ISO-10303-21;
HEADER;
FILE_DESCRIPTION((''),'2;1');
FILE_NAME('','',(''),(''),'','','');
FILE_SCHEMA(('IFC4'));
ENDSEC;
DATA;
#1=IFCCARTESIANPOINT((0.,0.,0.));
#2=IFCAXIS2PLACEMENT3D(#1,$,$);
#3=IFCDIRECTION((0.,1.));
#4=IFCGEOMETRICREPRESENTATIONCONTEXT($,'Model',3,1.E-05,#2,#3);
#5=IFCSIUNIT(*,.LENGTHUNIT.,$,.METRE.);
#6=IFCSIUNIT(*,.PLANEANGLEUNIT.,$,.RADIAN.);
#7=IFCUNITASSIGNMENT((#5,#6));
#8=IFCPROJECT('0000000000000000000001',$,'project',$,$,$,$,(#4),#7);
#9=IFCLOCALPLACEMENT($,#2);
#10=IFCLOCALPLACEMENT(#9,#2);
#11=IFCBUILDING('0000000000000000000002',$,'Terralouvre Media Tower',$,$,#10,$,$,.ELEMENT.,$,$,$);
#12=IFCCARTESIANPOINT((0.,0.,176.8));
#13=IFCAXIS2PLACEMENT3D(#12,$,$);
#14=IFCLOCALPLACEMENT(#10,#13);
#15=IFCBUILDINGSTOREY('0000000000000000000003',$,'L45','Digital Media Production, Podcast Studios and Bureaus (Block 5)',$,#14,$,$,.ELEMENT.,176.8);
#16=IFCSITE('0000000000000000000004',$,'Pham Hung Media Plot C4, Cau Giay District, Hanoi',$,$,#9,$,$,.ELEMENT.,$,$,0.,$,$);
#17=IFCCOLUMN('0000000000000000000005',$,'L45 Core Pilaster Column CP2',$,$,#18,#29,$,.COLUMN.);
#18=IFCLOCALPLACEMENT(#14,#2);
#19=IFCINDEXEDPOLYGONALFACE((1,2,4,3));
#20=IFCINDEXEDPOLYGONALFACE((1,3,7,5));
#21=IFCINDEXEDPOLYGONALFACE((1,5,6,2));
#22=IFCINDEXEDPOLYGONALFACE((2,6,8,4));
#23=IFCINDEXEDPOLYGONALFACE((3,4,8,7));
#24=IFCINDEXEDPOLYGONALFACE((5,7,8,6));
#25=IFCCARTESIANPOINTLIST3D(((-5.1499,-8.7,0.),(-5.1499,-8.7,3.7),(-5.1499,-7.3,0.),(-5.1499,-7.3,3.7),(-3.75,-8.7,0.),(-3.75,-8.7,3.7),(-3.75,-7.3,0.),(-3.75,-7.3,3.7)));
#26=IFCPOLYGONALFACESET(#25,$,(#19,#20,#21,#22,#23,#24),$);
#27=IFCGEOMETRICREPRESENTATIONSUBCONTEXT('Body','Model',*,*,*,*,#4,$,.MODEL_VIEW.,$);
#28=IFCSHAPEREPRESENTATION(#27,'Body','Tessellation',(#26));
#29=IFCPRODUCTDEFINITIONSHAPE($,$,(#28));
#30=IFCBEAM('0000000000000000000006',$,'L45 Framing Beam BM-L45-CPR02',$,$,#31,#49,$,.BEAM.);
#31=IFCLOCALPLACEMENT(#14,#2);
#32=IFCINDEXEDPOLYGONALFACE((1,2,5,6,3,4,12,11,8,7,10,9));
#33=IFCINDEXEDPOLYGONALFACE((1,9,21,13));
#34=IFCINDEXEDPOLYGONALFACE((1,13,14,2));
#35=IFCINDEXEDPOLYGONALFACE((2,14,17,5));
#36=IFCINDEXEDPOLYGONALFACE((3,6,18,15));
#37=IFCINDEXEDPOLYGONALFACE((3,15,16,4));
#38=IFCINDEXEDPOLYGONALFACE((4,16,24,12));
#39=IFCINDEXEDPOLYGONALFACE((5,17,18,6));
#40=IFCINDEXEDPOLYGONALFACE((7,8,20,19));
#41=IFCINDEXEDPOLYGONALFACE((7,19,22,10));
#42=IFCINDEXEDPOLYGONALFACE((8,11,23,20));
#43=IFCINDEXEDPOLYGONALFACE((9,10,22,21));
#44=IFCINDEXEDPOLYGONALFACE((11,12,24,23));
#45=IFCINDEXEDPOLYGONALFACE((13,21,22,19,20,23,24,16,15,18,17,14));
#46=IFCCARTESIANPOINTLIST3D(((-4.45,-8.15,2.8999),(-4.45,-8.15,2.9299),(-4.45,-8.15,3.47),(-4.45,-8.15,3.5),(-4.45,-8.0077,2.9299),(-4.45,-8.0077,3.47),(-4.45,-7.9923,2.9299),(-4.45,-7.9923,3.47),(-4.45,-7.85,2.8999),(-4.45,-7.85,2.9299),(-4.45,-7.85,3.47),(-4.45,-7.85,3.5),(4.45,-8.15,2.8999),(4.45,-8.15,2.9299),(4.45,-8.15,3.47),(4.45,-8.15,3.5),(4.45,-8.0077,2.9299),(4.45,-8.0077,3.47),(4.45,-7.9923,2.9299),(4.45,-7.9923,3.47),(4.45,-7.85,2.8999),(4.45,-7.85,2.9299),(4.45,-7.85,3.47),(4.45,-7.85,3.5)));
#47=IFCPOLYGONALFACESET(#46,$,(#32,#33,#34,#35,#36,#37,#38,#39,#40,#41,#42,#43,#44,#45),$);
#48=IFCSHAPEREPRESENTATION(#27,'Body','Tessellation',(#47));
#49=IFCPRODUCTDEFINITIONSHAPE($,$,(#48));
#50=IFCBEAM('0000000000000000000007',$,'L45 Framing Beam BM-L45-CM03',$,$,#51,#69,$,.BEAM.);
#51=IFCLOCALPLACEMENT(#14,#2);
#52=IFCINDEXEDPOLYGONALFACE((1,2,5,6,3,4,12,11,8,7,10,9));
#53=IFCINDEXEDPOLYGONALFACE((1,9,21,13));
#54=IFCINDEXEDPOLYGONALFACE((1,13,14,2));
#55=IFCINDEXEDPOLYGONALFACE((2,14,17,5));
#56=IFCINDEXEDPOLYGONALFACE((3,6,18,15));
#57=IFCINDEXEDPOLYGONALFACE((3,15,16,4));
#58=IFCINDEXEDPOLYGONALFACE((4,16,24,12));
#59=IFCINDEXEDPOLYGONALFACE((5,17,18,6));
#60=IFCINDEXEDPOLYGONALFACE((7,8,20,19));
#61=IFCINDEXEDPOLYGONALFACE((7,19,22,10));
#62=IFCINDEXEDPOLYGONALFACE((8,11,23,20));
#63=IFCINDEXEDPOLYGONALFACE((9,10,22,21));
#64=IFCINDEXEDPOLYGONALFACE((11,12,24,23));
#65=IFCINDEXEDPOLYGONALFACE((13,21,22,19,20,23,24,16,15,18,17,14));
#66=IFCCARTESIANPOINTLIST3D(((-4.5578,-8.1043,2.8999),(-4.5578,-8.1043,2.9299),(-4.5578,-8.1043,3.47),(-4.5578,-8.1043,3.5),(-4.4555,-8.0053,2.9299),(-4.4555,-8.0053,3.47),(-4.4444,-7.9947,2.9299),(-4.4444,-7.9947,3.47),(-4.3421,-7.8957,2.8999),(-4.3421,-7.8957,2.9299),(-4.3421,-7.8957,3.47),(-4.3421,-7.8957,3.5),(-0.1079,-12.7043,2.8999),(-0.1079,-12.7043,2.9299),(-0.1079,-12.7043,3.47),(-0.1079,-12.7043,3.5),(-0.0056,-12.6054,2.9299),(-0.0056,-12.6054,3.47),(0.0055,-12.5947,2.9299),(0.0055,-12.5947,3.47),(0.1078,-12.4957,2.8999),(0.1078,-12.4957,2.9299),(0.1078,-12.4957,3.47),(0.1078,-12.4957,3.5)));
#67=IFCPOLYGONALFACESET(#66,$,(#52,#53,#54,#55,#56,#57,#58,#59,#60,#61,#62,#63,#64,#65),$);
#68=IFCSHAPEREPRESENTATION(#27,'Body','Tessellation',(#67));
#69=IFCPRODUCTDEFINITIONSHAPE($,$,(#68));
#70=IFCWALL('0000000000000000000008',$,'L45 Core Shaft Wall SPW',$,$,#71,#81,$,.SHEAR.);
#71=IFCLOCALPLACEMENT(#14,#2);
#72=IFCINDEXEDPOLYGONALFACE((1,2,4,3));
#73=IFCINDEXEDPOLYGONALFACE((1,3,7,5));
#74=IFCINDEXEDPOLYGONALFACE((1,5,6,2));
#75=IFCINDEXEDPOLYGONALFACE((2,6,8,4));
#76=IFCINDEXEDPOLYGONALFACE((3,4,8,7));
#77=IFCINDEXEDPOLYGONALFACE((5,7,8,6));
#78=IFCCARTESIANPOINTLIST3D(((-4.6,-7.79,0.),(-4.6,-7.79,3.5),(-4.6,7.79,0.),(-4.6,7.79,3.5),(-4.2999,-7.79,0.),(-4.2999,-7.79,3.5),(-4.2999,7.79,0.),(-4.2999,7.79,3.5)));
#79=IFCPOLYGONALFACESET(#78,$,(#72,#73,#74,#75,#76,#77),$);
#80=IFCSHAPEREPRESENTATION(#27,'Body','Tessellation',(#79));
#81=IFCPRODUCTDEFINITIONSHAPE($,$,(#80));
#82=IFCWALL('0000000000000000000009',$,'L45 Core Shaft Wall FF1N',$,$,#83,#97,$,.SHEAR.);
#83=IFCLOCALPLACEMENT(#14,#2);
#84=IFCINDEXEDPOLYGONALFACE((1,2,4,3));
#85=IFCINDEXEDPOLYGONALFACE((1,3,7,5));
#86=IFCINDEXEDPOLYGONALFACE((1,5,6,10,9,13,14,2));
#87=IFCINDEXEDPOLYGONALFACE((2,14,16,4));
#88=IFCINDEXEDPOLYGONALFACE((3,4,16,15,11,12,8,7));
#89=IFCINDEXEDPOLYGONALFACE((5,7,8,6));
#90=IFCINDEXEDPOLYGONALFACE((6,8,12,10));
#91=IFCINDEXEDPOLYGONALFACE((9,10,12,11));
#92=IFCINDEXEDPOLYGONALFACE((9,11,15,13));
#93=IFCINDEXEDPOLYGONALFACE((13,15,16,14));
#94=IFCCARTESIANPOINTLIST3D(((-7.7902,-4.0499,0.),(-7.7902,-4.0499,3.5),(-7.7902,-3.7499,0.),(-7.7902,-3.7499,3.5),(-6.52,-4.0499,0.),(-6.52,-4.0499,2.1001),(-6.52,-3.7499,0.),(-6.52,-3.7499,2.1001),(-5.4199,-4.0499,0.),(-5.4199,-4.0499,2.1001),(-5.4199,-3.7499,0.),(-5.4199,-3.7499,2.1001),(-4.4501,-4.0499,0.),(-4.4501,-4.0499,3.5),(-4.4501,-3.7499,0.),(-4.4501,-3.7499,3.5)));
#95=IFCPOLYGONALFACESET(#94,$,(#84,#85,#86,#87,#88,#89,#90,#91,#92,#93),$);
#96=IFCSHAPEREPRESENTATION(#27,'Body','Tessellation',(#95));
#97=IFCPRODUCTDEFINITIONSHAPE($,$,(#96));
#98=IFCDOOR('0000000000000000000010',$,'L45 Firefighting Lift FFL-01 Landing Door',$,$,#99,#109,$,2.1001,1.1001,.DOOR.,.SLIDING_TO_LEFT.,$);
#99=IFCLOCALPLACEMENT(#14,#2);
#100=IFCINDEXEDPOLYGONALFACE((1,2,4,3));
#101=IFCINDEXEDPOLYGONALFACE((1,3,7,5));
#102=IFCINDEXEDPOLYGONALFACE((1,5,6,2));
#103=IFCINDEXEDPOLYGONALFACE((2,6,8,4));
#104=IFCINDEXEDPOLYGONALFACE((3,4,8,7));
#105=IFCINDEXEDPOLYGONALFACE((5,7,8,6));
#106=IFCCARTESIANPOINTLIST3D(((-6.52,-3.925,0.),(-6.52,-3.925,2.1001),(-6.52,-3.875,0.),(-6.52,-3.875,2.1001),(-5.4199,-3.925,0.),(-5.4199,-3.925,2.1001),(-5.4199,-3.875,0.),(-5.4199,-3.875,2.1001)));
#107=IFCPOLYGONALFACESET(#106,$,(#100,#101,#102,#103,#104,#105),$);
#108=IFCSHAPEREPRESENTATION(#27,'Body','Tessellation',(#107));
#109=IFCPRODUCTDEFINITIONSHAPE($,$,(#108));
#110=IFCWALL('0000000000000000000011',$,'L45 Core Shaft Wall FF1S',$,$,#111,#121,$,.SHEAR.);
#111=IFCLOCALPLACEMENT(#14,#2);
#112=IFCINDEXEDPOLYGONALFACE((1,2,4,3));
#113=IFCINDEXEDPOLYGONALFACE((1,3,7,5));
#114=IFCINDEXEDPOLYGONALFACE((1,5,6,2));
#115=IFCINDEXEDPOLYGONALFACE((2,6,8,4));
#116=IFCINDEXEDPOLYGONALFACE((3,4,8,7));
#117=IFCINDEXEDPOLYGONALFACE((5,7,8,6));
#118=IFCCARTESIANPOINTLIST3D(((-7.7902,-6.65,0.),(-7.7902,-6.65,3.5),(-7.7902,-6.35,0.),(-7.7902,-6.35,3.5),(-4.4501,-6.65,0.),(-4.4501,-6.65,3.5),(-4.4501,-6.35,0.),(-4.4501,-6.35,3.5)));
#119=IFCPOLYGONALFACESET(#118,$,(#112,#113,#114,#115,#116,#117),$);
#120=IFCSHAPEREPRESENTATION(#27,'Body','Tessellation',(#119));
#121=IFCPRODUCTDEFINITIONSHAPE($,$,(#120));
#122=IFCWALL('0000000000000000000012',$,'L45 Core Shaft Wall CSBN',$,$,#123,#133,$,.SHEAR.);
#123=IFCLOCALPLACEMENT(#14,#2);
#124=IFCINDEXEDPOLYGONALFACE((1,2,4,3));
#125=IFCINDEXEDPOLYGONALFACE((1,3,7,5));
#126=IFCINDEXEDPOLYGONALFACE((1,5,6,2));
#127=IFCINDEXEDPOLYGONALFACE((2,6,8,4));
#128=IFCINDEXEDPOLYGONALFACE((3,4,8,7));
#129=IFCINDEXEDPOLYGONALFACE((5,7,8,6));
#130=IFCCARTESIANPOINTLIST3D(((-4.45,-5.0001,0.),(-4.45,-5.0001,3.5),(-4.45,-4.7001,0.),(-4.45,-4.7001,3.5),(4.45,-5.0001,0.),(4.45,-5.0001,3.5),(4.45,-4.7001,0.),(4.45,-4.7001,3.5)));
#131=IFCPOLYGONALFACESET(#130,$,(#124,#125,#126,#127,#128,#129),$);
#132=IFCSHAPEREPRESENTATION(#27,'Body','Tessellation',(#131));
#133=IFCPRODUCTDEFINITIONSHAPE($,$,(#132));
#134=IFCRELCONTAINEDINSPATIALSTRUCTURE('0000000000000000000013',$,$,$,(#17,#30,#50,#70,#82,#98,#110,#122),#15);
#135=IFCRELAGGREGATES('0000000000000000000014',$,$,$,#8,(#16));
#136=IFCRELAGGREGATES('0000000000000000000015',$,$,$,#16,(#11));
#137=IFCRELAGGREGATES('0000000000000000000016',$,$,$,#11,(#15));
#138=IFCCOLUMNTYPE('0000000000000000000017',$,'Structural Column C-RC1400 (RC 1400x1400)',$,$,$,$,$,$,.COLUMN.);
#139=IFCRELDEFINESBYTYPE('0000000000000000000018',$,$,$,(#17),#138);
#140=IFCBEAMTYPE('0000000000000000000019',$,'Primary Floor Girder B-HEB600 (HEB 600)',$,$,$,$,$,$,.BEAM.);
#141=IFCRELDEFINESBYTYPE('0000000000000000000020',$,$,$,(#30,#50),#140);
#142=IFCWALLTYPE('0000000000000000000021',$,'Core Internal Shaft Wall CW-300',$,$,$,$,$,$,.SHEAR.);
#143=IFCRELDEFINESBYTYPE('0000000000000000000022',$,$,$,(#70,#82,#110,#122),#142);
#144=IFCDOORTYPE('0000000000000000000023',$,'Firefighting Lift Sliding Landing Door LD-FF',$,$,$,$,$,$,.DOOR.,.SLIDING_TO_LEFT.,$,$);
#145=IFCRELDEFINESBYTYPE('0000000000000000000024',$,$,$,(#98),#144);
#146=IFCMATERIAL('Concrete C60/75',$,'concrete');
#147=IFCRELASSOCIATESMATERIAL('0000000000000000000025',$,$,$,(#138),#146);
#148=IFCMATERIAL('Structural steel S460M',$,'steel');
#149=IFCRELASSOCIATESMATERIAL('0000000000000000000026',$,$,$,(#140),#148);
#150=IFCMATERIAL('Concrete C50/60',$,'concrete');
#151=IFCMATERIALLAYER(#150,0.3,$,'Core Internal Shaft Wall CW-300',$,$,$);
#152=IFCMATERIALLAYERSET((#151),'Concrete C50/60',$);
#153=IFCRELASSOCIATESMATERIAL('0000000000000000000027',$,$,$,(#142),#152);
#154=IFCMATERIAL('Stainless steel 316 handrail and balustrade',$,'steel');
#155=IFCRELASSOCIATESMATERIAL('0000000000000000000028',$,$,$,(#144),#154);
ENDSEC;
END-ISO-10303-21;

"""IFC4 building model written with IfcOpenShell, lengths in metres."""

from ifc_helpers import new_model, si_unit, direction, frame, frame_2d, origin, origin_2d, place, context, subcontext, project, spatial, rectangle, i_section, extrude, material, layer, layer_set, material_profile, profile_set, type_object, element, fill, save


model = new_model("IFC4")

# Units and contexts
model_context = context("Model", 3, precision=1e-05, world=origin(), true_north=direction((0.0, 1.0)))
body_context = subcontext(model_context, "Body", "Model", "MODEL_VIEW")
ifc_project = project(units=[si_unit("LENGTHUNIT", "METRE"), si_unit("PLANEANGLEUNIT", "RADIAN")], contexts=[model_context])

# Site, building, storey
site_placement = place(None, origin())
site = spatial("IfcSite", under=ifc_project, at=site_placement, Name="Pham Hung Media Plot C4, Cau Giay District, Hanoi", CompositionType="ELEMENT", RefElevation=0.0)
building_placement = place(site_placement, origin())
building = spatial("IfcBuilding", under=site, at=building_placement, Name="Terralouvre Media Tower", CompositionType="ELEMENT")
storey_placement = place(building_placement, frame((0.0, 0.0, 176.8)))
storey = spatial("IfcBuildingStorey", under=building, at=storey_placement, Name="L45", Description="Digital Media Production, Podcast Studios and Bureaus (Block 5)", CompositionType="ELEMENT", Elevation=176.8)

# Column
ifc_material_1 = material(Name="Concrete C60/75", Category="concrete")
ifc_material_profile_1 = material_profile(ifc_material_1, rectangle(XDim=1.3999, YDim=1.3999, at=origin_2d()), Name="RC 1400x1400")
ifc_profile_set_1 = profile_set([ifc_material_profile_1], Name="Concrete C60/75")
column_type = type_object("IfcColumnType", Name="Structural Column C-RC1400 (RC 1400x1400)", PredefinedType="COLUMN", material=ifc_profile_set_1)
column_placement = place(storey_placement, frame((-4.45, -8.0, 0.0), z_axis=(0.0, 0.0, 1.0), x_axis=(1.0, 0.0, 0.0)))
element("IfcColumn", 1, at=column_placement, inside=storey, type_object=column_type, Name="L45 Core Pilaster Column CP2", PredefinedType="COLUMN", context=body_context, shape_type="SweptSolid", body=[
    extrude(rectangle(XDim=1.3999, YDim=1.3999, at=origin_2d()), origin(), (0.0, 0.0, 1.0), 3.7),
])

# Beams
ifc_material_2 = material(Name="Structural steel S460M", Category="steel")
ifc_material_profile_2 = material_profile(ifc_material_2, i_section(OverallWidth=0.3, OverallDepth=0.6001, WebThickness=0.0154, FlangeThickness=0.03, at=origin_2d()), Name="HEB 600")
ifc_profile_set_2 = profile_set([ifc_material_profile_2], Name="Structural steel S460M")
beam_type = type_object("IfcBeamType", Name="Primary Floor Girder B-HEB600 (HEB 600)", PredefinedType="BEAM", material=ifc_profile_set_2)
beam_1_placement = place(storey_placement, frame((-4.45, -8.0, 3.2), z_axis=(1.0, 0.0, 0.0), x_axis=(0.0, 1.0, 0.0)))
element("IfcBeam", 2, at=beam_1_placement, inside=storey, type_object=beam_type, Name="L45 Framing Beam BM-L45-CPR02", PredefinedType="BEAM", context=body_context, shape_type="SweptSolid", body=[
    extrude(i_section(OverallWidth=0.3, OverallDepth=0.6001, WebThickness=0.0154, FlangeThickness=0.03, at=origin_2d()), origin(), (0.0, 0.0, 1.0), 8.8999),
])
beam_2_placement = place(storey_placement, frame((-4.45, -8.0, 3.2), z_axis=(0.69528, -0.718739, 0.0), x_axis=(0.718739, 0.69528, 0.0)))
element("IfcBeam", 3, at=beam_2_placement, inside=storey, type_object=beam_type, Name="L45 Framing Beam BM-L45-CM03", PredefinedType="BEAM", context=body_context, shape_type="SweptSolid", body=[
    extrude(i_section(OverallWidth=0.3, OverallDepth=0.6001, WebThickness=0.0154, FlangeThickness=0.03, at=origin_2d()), origin(), (0.0, 0.0, 1.0), 6.4001),
])

# Wall
ifc_material_3 = material(Name="Concrete C50/60", Category="concrete")
ifc_layer_1 = layer(ifc_material_3, 0.3, Name="Core Internal Shaft Wall CW-300")
ifc_layer_set_1 = layer_set([ifc_layer_1], Name="Concrete C50/60")
wall_type_1 = type_object("IfcWallType", Name="Core Internal Shaft Wall CW-300", PredefinedType="SHEAR", material=ifc_layer_set_1)
wall_1_placement = place(storey_placement, frame((-4.45, -7.79, 0.0), z_axis=(0.0, 0.0, 1.0), x_axis=(0.0, 1.0, 0.0)))
element("IfcWall", 4, at=wall_1_placement, inside=storey, type_object=wall_type_1, Name="L45 Core Shaft Wall SPW", PredefinedType="SHEAR", context=body_context, shape_type="SweptSolid", body=[
    extrude(rectangle(XDim=15.5801, YDim=0.3, at=frame_2d((7.79, 0.0))), origin(), (0.0, 0.0, 1.0), 3.5),
])

# Wall, opening, door
wall_2_placement = place(storey_placement, frame((-7.79, -3.8999, 0.0), z_axis=(0.0, 0.0, 1.0), x_axis=(1.0, 0.0, 0.0)))
wall_2 = element("IfcWall", 5, at=wall_2_placement, inside=storey, type_object=wall_type_1, Name="L45 Core Shaft Wall FF1N", PredefinedType="SHEAR", context=body_context, shape_type="SweptSolid", body=[
    extrude(rectangle(XDim=3.3401, YDim=0.3, at=frame_2d((1.6699, 0.0))), origin(), (0.0, 0.0, 1.0), 3.5),
])
opening_1_placement = place(wall_2_placement, frame((1.27, 0.0, 0.0)))
opening_1 = element("IfcOpeningElement", 6, at=opening_1_placement, cuts=wall_2, PredefinedType="OPENING", context=body_context, shape_type="SweptSolid", body=[
    extrude(rectangle(XDim=1.1001, YDim=2.1001, at=frame_2d((0.55, 1.05))), frame((0.0, 0.1599, 0.0), z_axis=(0.0, -1.0, 0.0), x_axis=(1.0, 0.0, 0.0)), (0.0, 0.0, 1.0), 0.3201),
])
ifc_material_4 = material(Name="Stainless steel 316 handrail and balustrade", Category="steel")
door_type_1 = type_object("IfcDoorType", Name="Firefighting Lift Sliding Landing Door LD-FF", OperationType="SLIDING_TO_LEFT", PredefinedType="DOOR", material=ifc_material_4)
door_1_placement = place(opening_1_placement, origin())
door_1 = element("IfcDoor", 7, at=door_1_placement, inside=storey, type_object=door_type_1, Name="L45 Firefighting Lift FFL-01 Landing Door", OperationType="SLIDING_TO_LEFT", OverallHeight=2.1001, OverallWidth=1.1001, PredefinedType="DOOR", context=body_context, shape_type="SweptSolid", body=[
    extrude(rectangle(XDim=1.1001, YDim=2.1001, at=frame_2d((0.55, 1.05))), frame((0.0, 0.0249, 0.0), z_axis=(0.0, -1.0, 0.0), x_axis=(1.0, 0.0, 0.0)), (0.0, 0.0, 1.0), 0.05),
])
fill(opening_1, door_1)

# Walls
wall_3_placement = place(storey_placement, frame((-7.79, -6.5, 0.0), z_axis=(0.0, 0.0, 1.0), x_axis=(1.0, 0.0, 0.0)))
element("IfcWall", 8, at=wall_3_placement, inside=storey, type_object=wall_type_1, Name="L45 Core Shaft Wall FF1S", PredefinedType="SHEAR", context=body_context, shape_type="SweptSolid", body=[
    extrude(rectangle(XDim=3.3401, YDim=0.3, at=frame_2d((1.6699, 0.0))), origin(), (0.0, 0.0, 1.0), 3.5),
])
wall_4_placement = place(storey_placement, frame((-4.45, -4.8501, 0.0), z_axis=(0.0, 0.0, 1.0), x_axis=(1.0, 0.0, 0.0)))
element("IfcWall", 9, at=wall_4_placement, inside=storey, type_object=wall_type_1, Name="L45 Core Shaft Wall CSBN", PredefinedType="SHEAR", context=body_context, shape_type="SweptSolid", body=[
    extrude(rectangle(XDim=8.8999, YDim=0.3, at=frame_2d((4.45, 0.0))), origin(), (0.0, 0.0, 1.0), 3.5),
])

save(model, "model.ifc")
